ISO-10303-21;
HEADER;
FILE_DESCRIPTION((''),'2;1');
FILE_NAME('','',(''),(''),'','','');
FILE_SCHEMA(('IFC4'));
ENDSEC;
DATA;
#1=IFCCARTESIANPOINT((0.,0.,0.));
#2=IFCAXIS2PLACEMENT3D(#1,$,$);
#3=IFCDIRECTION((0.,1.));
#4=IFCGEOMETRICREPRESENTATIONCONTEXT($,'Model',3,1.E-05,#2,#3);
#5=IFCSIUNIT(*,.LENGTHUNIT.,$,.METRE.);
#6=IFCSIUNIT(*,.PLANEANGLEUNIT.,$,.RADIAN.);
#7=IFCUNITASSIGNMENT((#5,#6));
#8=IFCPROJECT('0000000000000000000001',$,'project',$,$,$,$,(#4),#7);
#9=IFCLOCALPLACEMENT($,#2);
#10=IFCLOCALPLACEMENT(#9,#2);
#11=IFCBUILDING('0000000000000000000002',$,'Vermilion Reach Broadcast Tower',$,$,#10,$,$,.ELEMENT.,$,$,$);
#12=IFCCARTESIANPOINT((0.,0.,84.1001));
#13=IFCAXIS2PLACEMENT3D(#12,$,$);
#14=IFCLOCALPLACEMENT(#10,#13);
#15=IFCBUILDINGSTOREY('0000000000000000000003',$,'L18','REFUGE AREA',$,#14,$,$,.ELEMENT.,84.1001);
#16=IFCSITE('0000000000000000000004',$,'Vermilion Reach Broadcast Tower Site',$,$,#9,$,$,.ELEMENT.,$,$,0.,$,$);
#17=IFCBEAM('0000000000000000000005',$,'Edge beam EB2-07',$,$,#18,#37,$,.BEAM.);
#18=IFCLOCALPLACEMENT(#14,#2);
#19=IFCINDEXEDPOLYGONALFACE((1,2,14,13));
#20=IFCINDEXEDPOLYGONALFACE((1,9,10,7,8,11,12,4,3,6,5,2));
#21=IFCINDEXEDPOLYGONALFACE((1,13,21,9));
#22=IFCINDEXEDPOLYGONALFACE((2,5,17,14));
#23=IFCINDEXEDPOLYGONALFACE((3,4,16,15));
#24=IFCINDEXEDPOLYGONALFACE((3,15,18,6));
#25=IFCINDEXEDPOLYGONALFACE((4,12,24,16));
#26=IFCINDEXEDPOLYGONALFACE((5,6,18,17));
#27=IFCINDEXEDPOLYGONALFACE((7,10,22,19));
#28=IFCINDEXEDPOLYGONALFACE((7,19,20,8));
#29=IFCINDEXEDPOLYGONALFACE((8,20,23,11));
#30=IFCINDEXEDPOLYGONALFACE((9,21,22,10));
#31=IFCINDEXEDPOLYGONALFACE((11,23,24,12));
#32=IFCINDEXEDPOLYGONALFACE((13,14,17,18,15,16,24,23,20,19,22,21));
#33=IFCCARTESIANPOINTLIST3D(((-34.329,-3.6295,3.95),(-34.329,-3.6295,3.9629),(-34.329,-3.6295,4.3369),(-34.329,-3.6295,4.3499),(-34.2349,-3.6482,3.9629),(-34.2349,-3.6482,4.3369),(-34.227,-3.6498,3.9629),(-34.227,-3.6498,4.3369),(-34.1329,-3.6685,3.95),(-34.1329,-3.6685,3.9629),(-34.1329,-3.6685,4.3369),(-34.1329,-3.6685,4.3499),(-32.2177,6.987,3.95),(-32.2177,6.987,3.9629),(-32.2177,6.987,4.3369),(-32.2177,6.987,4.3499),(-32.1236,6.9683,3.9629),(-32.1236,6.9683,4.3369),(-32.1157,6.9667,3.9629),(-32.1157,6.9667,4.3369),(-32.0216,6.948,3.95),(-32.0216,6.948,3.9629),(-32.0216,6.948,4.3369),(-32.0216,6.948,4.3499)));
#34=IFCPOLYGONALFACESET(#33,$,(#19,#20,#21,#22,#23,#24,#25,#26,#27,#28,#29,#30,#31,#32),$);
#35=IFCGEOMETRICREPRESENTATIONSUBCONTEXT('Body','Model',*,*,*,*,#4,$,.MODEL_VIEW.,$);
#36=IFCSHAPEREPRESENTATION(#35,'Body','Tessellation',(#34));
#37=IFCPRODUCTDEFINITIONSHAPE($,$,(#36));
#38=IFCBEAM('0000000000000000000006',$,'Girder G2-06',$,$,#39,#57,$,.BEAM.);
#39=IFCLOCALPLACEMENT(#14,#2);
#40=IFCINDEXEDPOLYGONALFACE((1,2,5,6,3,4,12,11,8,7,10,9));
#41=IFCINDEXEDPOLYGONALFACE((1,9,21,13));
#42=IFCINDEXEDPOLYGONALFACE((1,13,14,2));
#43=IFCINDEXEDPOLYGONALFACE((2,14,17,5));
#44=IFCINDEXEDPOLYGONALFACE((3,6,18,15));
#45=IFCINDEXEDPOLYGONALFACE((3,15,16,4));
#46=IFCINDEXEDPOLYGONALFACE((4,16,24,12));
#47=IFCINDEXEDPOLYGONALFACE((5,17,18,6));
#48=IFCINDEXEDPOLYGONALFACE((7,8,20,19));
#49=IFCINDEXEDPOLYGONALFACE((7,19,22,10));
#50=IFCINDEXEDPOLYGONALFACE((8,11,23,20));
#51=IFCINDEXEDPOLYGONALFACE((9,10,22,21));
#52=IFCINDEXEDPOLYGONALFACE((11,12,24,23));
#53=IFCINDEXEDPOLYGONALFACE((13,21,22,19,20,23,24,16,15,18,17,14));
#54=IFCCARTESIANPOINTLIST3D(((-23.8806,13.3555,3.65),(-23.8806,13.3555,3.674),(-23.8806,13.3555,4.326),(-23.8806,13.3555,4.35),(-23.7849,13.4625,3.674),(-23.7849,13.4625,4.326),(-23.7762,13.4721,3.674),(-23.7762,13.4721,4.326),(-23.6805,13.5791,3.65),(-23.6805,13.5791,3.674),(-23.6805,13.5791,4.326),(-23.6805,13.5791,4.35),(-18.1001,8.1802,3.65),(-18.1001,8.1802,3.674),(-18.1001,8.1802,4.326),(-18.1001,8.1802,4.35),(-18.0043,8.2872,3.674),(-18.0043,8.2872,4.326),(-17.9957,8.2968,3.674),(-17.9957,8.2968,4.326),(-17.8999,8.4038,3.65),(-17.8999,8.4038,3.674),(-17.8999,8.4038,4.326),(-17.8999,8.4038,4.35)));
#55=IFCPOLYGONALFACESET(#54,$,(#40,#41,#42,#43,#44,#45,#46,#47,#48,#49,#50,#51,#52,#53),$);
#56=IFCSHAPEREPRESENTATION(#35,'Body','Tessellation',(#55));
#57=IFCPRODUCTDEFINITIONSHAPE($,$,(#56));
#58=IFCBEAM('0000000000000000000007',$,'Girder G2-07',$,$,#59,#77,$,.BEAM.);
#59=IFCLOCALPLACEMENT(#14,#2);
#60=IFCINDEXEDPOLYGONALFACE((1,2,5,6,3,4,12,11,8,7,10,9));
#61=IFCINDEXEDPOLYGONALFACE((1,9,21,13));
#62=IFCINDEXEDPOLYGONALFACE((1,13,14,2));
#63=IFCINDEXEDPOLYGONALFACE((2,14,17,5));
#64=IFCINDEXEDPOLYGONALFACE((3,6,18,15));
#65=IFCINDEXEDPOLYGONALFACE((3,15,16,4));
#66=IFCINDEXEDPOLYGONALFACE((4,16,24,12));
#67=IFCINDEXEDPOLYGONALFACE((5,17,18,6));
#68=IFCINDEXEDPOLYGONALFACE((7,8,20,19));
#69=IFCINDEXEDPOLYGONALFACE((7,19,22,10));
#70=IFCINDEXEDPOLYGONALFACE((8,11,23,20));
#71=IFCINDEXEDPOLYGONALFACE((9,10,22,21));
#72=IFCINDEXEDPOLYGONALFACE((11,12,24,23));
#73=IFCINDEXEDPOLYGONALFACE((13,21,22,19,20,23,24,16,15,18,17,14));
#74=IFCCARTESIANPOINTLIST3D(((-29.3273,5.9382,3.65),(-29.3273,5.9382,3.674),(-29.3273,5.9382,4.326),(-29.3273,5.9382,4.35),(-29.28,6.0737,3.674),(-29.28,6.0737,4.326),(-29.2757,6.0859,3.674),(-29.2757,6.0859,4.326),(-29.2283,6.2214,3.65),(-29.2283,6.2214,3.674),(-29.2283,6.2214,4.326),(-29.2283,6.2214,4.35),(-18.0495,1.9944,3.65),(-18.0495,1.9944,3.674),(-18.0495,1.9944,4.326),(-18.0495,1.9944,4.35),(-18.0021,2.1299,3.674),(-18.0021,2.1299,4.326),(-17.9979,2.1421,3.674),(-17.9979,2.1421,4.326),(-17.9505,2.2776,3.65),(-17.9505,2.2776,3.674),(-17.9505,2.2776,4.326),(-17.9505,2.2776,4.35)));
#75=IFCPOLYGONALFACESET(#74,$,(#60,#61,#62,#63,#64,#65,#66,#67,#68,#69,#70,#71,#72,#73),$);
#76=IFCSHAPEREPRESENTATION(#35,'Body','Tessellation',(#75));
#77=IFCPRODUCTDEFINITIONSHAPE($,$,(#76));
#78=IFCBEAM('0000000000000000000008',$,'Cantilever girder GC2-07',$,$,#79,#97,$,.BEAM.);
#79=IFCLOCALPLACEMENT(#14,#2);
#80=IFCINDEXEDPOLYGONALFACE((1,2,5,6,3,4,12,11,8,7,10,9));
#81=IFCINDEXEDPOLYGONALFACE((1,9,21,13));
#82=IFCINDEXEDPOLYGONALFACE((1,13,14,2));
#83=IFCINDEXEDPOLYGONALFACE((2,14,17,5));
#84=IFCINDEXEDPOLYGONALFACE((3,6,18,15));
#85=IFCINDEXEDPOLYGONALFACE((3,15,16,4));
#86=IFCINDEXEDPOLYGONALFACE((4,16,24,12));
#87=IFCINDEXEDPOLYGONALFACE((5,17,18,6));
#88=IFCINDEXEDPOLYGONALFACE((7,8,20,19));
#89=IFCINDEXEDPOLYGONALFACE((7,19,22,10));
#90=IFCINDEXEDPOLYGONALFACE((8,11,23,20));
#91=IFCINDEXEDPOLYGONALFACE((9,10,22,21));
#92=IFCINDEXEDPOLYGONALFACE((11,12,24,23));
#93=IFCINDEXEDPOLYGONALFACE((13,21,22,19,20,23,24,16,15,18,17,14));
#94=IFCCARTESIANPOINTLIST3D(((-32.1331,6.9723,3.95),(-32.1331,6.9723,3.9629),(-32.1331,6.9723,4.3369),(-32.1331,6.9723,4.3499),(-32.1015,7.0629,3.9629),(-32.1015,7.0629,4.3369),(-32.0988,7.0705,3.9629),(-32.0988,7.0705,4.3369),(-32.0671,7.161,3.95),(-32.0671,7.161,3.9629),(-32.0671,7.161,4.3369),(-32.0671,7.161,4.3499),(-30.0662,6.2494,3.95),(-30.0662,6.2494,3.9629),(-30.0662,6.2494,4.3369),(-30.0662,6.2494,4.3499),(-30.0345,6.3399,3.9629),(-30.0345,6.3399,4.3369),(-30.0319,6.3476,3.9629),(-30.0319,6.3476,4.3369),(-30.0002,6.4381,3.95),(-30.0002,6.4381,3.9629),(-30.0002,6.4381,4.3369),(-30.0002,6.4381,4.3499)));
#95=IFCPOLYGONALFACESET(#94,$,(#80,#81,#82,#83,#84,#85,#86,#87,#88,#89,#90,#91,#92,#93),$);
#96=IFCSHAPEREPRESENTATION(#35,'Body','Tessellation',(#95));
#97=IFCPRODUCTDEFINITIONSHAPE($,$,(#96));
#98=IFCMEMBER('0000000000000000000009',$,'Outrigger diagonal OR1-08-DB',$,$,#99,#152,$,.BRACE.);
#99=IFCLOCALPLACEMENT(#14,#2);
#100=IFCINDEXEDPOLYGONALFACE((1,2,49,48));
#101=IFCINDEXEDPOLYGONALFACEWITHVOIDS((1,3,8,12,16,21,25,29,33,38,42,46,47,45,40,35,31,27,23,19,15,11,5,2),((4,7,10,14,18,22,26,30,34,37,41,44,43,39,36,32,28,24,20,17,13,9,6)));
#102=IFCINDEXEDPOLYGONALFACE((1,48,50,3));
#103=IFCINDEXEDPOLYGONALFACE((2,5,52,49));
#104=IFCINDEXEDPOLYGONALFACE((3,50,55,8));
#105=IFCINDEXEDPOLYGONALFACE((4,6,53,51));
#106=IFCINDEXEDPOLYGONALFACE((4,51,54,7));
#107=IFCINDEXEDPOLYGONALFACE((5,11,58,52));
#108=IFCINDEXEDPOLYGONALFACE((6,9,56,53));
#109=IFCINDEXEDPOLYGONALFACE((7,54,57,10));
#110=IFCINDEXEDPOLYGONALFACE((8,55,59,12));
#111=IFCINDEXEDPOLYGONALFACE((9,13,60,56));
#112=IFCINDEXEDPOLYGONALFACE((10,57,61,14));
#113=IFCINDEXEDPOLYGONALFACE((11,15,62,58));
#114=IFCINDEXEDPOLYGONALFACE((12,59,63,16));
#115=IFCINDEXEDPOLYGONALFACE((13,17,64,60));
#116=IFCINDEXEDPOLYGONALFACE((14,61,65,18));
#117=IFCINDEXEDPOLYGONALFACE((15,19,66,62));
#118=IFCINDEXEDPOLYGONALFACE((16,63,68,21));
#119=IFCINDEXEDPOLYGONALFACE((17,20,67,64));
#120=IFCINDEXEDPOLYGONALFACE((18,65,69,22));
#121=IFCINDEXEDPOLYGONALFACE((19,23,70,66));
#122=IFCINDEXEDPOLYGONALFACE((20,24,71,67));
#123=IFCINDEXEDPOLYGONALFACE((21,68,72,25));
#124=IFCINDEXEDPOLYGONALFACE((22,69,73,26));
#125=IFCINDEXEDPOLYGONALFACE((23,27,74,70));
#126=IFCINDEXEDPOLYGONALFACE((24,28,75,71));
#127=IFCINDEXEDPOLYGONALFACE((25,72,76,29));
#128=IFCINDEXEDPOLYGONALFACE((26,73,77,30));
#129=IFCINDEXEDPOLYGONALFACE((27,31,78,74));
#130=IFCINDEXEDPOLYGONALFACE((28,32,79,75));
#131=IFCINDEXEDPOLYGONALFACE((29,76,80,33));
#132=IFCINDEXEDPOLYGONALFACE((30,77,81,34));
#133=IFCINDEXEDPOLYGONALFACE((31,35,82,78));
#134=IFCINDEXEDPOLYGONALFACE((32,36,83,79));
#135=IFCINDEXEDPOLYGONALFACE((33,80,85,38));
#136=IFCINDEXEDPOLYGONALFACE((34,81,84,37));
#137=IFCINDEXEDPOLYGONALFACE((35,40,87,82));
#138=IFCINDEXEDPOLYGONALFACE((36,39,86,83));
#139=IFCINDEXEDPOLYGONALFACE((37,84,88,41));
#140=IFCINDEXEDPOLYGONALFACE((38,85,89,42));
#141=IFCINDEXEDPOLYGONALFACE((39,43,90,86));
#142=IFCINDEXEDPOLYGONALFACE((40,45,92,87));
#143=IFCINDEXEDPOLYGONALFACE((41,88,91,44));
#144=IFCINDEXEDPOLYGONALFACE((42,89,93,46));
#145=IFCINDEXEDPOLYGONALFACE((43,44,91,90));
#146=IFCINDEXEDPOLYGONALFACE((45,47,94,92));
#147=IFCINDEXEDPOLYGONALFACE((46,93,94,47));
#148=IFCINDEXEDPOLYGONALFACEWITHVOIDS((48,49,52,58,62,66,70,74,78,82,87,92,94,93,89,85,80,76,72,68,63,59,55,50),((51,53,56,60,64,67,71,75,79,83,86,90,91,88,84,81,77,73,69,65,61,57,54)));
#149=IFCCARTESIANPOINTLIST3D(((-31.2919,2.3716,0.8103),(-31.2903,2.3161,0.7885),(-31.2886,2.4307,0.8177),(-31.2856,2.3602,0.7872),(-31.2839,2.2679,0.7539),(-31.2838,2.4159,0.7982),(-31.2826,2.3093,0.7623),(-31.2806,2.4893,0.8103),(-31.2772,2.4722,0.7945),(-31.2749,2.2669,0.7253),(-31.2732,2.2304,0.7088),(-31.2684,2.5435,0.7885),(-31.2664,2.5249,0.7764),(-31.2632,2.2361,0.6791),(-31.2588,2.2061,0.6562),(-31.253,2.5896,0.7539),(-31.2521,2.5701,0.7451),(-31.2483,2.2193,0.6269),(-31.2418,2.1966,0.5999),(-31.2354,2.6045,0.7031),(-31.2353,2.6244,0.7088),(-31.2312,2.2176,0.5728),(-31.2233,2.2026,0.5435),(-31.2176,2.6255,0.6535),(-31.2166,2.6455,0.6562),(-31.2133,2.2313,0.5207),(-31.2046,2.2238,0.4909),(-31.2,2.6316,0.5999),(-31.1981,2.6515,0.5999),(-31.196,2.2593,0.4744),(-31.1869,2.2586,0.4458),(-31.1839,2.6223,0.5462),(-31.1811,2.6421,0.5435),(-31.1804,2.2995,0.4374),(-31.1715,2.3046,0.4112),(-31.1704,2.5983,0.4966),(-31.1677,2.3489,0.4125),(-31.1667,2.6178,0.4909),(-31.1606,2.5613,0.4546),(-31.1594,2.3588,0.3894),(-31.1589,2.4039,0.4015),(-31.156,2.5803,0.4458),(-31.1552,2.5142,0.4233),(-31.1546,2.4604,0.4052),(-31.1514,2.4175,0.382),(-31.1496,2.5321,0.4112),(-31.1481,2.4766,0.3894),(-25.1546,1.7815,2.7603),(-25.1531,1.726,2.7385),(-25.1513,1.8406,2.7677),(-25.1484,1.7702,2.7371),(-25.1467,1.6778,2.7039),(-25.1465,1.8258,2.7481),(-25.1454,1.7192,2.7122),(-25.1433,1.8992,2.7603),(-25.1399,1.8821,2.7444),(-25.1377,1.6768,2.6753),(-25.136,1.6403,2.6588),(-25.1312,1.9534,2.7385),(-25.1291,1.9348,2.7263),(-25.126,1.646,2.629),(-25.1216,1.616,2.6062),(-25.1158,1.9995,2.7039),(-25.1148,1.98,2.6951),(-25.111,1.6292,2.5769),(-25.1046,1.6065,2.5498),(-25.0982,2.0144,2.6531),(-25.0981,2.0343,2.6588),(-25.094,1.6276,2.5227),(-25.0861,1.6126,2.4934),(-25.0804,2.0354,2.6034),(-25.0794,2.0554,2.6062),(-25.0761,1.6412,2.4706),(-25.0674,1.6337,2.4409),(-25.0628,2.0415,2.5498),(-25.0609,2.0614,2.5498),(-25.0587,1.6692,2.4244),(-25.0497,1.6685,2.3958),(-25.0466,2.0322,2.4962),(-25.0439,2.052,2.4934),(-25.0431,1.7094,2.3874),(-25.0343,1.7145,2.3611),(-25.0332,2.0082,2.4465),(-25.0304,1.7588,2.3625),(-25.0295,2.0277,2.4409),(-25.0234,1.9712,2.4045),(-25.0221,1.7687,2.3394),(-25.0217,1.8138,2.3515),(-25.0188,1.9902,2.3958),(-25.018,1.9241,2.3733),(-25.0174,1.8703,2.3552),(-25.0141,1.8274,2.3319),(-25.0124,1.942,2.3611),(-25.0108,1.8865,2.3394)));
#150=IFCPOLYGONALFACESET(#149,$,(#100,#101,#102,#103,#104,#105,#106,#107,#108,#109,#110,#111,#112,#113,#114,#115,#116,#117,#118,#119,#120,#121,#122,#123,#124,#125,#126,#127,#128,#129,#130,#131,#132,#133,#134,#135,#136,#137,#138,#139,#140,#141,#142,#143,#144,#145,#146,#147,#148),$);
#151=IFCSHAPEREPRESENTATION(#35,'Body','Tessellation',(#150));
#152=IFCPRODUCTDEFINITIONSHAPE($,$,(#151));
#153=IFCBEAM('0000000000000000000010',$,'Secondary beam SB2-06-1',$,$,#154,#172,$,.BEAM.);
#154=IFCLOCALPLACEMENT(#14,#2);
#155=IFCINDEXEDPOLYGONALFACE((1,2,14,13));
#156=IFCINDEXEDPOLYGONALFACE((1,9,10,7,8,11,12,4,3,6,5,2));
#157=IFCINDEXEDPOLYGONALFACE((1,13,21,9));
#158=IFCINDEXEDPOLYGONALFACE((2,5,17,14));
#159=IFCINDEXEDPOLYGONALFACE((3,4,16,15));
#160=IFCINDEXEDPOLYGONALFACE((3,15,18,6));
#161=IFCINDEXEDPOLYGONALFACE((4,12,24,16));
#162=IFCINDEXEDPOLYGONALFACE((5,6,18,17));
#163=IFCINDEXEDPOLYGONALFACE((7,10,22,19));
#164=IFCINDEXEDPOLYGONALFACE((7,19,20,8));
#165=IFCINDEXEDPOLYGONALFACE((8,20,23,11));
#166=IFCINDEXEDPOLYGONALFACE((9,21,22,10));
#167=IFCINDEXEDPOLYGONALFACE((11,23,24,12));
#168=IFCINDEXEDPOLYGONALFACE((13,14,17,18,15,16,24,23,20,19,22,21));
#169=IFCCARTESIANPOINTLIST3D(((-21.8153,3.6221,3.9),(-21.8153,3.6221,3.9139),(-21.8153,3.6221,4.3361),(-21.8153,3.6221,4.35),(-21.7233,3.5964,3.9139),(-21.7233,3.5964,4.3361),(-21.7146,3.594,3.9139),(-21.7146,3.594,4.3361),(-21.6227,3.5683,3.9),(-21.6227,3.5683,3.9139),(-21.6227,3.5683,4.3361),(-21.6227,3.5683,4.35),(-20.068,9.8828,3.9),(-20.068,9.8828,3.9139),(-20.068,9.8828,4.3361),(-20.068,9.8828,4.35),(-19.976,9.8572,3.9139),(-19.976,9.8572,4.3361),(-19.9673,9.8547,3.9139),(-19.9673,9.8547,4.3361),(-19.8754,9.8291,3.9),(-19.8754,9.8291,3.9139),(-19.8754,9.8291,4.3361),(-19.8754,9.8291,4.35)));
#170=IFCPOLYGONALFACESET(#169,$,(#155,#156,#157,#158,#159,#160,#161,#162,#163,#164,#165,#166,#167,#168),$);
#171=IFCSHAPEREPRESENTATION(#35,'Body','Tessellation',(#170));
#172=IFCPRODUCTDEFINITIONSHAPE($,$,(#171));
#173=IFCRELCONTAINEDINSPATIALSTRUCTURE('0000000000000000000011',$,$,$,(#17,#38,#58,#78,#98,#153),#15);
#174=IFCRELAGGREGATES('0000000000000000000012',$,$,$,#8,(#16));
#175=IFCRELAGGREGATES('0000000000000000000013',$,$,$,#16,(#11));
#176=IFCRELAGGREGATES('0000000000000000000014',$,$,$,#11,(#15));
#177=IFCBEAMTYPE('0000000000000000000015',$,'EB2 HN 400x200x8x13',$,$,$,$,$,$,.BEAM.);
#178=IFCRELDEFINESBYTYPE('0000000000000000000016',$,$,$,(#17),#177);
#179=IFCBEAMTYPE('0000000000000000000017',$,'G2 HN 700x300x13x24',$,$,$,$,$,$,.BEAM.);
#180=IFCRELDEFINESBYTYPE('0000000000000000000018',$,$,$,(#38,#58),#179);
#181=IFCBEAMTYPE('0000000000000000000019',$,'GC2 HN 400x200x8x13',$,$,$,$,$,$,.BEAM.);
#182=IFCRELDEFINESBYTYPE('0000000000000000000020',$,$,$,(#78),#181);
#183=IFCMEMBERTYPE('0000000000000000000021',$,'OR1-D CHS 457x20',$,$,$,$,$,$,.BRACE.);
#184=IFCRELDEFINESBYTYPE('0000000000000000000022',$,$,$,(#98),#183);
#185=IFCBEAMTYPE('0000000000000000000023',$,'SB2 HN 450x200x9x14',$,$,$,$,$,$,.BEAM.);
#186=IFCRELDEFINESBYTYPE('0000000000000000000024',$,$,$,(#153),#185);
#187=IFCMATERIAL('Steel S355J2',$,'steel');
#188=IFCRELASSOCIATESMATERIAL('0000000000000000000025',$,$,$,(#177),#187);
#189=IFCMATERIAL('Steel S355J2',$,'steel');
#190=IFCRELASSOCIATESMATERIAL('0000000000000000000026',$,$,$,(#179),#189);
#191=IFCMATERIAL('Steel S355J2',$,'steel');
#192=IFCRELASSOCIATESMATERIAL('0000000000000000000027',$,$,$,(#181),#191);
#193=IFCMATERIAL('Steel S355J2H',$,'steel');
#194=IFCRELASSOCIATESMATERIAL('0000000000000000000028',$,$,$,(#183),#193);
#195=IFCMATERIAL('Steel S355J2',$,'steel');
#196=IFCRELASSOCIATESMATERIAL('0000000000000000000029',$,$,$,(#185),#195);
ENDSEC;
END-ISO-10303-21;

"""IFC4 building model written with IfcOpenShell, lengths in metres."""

from ifc_helpers import new_model, si_unit, direction, frame, origin, origin_2d, place, context, subcontext, project, spatial, hollow_circle, i_section, extrude, material, material_profile, profile_set, type_object, element, save


model = new_model("IFC4")

# Units and contexts
model_context = context("Model", 3, precision=1e-05, world=origin(), true_north=direction((0.0, 1.0)))
body_context = subcontext(model_context, "Body", "Model", "MODEL_VIEW")
ifc_project = project(units=[si_unit("LENGTHUNIT", "METRE"), si_unit("PLANEANGLEUNIT", "RADIAN")], contexts=[model_context])

# Site, building, storey
site_placement = place(None, origin())
site = spatial("IfcSite", under=ifc_project, at=site_placement, Name="Vermilion Reach Broadcast Tower Site", CompositionType="ELEMENT", RefElevation=0.0)
building_placement = place(site_placement, origin())
building = spatial("IfcBuilding", under=site, at=building_placement, Name="Vermilion Reach Broadcast Tower", CompositionType="ELEMENT")
storey_placement = place(building_placement, frame((0.0, 0.0, 84.1001)))
storey = spatial("IfcBuildingStorey", under=building, at=storey_placement, Name="L18", Description="REFUGE AREA", CompositionType="ELEMENT", Elevation=84.1001)

# Beams
ifc_material_1 = material(Name="Steel S355J2", Category="steel")
ifc_material_profile_1 = material_profile(ifc_material_1, i_section(OverallWidth=0.2, OverallDepth=0.3999, WebThickness=0.0081, FlangeThickness=0.0129, at=origin_2d()), Name="S355J2 HN 400x200x8x13")
ifc_profile_set_1 = profile_set([ifc_material_profile_1], Name="Steel S355J2")
beam_type_1 = type_object("IfcBeamType", Name="EB2 HN 400x200x8x13", PredefinedType="BEAM", material=ifc_profile_set_1)
beam_1_placement = place(storey_placement, frame((-32.1196, 6.9675, 4.1499), z_axis=(-0.195053, -0.980793, 0.0), x_axis=(0.980793, -0.195053, 0.0)))
element("IfcBeam", 1, at=beam_1_placement, inside=storey, type_object=beam_type_1, Name="Edge beam EB2-07", PredefinedType="BEAM", context=body_context, shape_type="SweptSolid", body=[
    extrude(i_section(OverallWidth=0.2, OverallDepth=0.3999, WebThickness=0.0081, FlangeThickness=0.0129, at=origin_2d()), origin(), (0.0, 0.0, 1.0), 10.8245),
])
ifc_material_2 = material(Name="Steel S355J2", Category="steel")
ifc_material_profile_2 = material_profile(ifc_material_2, i_section(OverallWidth=0.3, OverallDepth=0.7, WebThickness=0.0129, FlangeThickness=0.0239, at=origin_2d()), Name="S355J2 HN 700x300x13x24")
ifc_profile_set_2 = profile_set([ifc_material_profile_2], Name="Steel S355J2")
beam_type_2 = type_object("IfcBeamType", Name="G2 HN 700x300x13x24", PredefinedType="BEAM", material=ifc_profile_set_2)
beam_2_placement = place(storey_placement, frame((-18.0, 8.292, 4.0), z_axis=(-0.745033, 0.667028, 0.0), x_axis=(-0.667028, -0.745033, 0.0)))
element("IfcBeam", 2, at=beam_2_placement, inside=storey, type_object=beam_type_2, Name="Girder G2-06", PredefinedType="BEAM", context=body_context, shape_type="SweptSolid", body=[
    extrude(i_section(OverallWidth=0.3, OverallDepth=0.7, WebThickness=0.0129, FlangeThickness=0.0239, at=origin_2d()), origin(), (0.0, 0.0, 1.0), 7.7588),
])
beam_3_placement = place(storey_placement, frame((-18.0, 2.136, 4.0), z_axis=(-0.943947, 0.330097, 0.0), x_axis=(-0.330097, -0.943947, 0.0)))
element("IfcBeam", 3, at=beam_3_placement, inside=storey, type_object=beam_type_2, Name="Girder G2-07", PredefinedType="BEAM", context=body_context, shape_type="SweptSolid", body=[
    extrude(i_section(OverallWidth=0.3, OverallDepth=0.7, WebThickness=0.0129, FlangeThickness=0.0239, at=origin_2d()), origin(), (0.0, 0.0, 1.0), 11.9475),
])
ifc_material_3 = material(Name="Steel S355J2", Category="steel")
ifc_material_profile_3 = material_profile(ifc_material_3, i_section(OverallWidth=0.2, OverallDepth=0.3999, WebThickness=0.0081, FlangeThickness=0.0129, at=origin_2d()), Name="S355J2 HN 400x200x8x13")
ifc_profile_set_3 = profile_set([ifc_material_profile_3], Name="Steel S355J2")
beam_type_3 = type_object("IfcBeamType", Name="GC2 HN 400x200x8x13", PredefinedType="BEAM", material=ifc_profile_set_3)
beam_4_placement = place(storey_placement, frame((-30.0332, 6.3438, 4.1499), z_axis=(-0.943931, 0.330142, 0.0), x_axis=(-0.330142, -0.943931, 0.0)))
element("IfcBeam", 4, at=beam_4_placement, inside=storey, type_object=beam_type_3, Name="Cantilever girder GC2-07", PredefinedType="BEAM", context=body_context, shape_type="SweptSolid", body=[
    extrude(i_section(OverallWidth=0.2, OverallDepth=0.3999, WebThickness=0.0081, FlangeThickness=0.0129, at=origin_2d()), origin(), (0.0, 0.0, 1.0), 2.1897),
])

# Member
ifc_material_4 = material(Name="Steel S355J2H", Category="steel")
ifc_material_profile_4 = material_profile(ifc_material_4, hollow_circle(Radius=0.2285, WallThickness=0.02, at=origin_2d()), Name="S355J2H CHS 457x20")
ifc_profile_set_4 = profile_set([ifc_material_profile_4], Name="Steel S355J2H")
member_type_1 = type_object("IfcMemberType", Name="OR1-D CHS 457x20", PredefinedType="BRACE", material=ifc_profile_set_4)
member_1_placement = place(storey_placement, frame((-31.22, 2.4241, 0.5999), z_axis=(0.949075, -0.091253, 0.301546), x_axis=(0.095708, 0.995409, 0.0)))
element("IfcMember", 5, at=member_1_placement, inside=storey, type_object=member_type_1, Name="Outrigger diagonal OR1-08-DB", PredefinedType="BRACE", context=body_context, shape_type="SweptSolid", body=[
    extrude(hollow_circle(Radius=0.2285, WallThickness=0.02, at=origin_2d()), origin(), (0.0, 0.0, 1.0), 6.4666),
])

# Beam
ifc_material_5 = material(Name="Steel S355J2", Category="steel")
ifc_material_profile_5 = material_profile(ifc_material_5, i_section(OverallWidth=0.2, OverallDepth=0.45, WebThickness=0.009, FlangeThickness=0.0139, at=origin_2d()), Name="S355J2 HN 450x200x9x14")
ifc_profile_set_5 = profile_set([ifc_material_profile_5], Name="Steel S355J2")
beam_type_4 = type_object("IfcBeamType", Name="SB2 HN 450x200x9x14", PredefinedType="BEAM", material=ifc_profile_set_5)
beam_5_placement = place(storey_placement, frame((-19.9717, 9.856, 4.125), z_axis=(-0.268818, -0.963191, 0.0), x_axis=(0.963191, -0.268818, 0.0)))
element("IfcBeam", 6, at=beam_5_placement, inside=storey, type_object=beam_type_4, Name="Secondary beam SB2-06-1", PredefinedType="BEAM", context=body_context, shape_type="SweptSolid", body=[
    extrude(i_section(OverallWidth=0.2, OverallDepth=0.45, WebThickness=0.009, FlangeThickness=0.0139, at=origin_2d()), origin(), (0.0, 0.0, 1.0), 6.5),
])

save(model, "model.ifc")
